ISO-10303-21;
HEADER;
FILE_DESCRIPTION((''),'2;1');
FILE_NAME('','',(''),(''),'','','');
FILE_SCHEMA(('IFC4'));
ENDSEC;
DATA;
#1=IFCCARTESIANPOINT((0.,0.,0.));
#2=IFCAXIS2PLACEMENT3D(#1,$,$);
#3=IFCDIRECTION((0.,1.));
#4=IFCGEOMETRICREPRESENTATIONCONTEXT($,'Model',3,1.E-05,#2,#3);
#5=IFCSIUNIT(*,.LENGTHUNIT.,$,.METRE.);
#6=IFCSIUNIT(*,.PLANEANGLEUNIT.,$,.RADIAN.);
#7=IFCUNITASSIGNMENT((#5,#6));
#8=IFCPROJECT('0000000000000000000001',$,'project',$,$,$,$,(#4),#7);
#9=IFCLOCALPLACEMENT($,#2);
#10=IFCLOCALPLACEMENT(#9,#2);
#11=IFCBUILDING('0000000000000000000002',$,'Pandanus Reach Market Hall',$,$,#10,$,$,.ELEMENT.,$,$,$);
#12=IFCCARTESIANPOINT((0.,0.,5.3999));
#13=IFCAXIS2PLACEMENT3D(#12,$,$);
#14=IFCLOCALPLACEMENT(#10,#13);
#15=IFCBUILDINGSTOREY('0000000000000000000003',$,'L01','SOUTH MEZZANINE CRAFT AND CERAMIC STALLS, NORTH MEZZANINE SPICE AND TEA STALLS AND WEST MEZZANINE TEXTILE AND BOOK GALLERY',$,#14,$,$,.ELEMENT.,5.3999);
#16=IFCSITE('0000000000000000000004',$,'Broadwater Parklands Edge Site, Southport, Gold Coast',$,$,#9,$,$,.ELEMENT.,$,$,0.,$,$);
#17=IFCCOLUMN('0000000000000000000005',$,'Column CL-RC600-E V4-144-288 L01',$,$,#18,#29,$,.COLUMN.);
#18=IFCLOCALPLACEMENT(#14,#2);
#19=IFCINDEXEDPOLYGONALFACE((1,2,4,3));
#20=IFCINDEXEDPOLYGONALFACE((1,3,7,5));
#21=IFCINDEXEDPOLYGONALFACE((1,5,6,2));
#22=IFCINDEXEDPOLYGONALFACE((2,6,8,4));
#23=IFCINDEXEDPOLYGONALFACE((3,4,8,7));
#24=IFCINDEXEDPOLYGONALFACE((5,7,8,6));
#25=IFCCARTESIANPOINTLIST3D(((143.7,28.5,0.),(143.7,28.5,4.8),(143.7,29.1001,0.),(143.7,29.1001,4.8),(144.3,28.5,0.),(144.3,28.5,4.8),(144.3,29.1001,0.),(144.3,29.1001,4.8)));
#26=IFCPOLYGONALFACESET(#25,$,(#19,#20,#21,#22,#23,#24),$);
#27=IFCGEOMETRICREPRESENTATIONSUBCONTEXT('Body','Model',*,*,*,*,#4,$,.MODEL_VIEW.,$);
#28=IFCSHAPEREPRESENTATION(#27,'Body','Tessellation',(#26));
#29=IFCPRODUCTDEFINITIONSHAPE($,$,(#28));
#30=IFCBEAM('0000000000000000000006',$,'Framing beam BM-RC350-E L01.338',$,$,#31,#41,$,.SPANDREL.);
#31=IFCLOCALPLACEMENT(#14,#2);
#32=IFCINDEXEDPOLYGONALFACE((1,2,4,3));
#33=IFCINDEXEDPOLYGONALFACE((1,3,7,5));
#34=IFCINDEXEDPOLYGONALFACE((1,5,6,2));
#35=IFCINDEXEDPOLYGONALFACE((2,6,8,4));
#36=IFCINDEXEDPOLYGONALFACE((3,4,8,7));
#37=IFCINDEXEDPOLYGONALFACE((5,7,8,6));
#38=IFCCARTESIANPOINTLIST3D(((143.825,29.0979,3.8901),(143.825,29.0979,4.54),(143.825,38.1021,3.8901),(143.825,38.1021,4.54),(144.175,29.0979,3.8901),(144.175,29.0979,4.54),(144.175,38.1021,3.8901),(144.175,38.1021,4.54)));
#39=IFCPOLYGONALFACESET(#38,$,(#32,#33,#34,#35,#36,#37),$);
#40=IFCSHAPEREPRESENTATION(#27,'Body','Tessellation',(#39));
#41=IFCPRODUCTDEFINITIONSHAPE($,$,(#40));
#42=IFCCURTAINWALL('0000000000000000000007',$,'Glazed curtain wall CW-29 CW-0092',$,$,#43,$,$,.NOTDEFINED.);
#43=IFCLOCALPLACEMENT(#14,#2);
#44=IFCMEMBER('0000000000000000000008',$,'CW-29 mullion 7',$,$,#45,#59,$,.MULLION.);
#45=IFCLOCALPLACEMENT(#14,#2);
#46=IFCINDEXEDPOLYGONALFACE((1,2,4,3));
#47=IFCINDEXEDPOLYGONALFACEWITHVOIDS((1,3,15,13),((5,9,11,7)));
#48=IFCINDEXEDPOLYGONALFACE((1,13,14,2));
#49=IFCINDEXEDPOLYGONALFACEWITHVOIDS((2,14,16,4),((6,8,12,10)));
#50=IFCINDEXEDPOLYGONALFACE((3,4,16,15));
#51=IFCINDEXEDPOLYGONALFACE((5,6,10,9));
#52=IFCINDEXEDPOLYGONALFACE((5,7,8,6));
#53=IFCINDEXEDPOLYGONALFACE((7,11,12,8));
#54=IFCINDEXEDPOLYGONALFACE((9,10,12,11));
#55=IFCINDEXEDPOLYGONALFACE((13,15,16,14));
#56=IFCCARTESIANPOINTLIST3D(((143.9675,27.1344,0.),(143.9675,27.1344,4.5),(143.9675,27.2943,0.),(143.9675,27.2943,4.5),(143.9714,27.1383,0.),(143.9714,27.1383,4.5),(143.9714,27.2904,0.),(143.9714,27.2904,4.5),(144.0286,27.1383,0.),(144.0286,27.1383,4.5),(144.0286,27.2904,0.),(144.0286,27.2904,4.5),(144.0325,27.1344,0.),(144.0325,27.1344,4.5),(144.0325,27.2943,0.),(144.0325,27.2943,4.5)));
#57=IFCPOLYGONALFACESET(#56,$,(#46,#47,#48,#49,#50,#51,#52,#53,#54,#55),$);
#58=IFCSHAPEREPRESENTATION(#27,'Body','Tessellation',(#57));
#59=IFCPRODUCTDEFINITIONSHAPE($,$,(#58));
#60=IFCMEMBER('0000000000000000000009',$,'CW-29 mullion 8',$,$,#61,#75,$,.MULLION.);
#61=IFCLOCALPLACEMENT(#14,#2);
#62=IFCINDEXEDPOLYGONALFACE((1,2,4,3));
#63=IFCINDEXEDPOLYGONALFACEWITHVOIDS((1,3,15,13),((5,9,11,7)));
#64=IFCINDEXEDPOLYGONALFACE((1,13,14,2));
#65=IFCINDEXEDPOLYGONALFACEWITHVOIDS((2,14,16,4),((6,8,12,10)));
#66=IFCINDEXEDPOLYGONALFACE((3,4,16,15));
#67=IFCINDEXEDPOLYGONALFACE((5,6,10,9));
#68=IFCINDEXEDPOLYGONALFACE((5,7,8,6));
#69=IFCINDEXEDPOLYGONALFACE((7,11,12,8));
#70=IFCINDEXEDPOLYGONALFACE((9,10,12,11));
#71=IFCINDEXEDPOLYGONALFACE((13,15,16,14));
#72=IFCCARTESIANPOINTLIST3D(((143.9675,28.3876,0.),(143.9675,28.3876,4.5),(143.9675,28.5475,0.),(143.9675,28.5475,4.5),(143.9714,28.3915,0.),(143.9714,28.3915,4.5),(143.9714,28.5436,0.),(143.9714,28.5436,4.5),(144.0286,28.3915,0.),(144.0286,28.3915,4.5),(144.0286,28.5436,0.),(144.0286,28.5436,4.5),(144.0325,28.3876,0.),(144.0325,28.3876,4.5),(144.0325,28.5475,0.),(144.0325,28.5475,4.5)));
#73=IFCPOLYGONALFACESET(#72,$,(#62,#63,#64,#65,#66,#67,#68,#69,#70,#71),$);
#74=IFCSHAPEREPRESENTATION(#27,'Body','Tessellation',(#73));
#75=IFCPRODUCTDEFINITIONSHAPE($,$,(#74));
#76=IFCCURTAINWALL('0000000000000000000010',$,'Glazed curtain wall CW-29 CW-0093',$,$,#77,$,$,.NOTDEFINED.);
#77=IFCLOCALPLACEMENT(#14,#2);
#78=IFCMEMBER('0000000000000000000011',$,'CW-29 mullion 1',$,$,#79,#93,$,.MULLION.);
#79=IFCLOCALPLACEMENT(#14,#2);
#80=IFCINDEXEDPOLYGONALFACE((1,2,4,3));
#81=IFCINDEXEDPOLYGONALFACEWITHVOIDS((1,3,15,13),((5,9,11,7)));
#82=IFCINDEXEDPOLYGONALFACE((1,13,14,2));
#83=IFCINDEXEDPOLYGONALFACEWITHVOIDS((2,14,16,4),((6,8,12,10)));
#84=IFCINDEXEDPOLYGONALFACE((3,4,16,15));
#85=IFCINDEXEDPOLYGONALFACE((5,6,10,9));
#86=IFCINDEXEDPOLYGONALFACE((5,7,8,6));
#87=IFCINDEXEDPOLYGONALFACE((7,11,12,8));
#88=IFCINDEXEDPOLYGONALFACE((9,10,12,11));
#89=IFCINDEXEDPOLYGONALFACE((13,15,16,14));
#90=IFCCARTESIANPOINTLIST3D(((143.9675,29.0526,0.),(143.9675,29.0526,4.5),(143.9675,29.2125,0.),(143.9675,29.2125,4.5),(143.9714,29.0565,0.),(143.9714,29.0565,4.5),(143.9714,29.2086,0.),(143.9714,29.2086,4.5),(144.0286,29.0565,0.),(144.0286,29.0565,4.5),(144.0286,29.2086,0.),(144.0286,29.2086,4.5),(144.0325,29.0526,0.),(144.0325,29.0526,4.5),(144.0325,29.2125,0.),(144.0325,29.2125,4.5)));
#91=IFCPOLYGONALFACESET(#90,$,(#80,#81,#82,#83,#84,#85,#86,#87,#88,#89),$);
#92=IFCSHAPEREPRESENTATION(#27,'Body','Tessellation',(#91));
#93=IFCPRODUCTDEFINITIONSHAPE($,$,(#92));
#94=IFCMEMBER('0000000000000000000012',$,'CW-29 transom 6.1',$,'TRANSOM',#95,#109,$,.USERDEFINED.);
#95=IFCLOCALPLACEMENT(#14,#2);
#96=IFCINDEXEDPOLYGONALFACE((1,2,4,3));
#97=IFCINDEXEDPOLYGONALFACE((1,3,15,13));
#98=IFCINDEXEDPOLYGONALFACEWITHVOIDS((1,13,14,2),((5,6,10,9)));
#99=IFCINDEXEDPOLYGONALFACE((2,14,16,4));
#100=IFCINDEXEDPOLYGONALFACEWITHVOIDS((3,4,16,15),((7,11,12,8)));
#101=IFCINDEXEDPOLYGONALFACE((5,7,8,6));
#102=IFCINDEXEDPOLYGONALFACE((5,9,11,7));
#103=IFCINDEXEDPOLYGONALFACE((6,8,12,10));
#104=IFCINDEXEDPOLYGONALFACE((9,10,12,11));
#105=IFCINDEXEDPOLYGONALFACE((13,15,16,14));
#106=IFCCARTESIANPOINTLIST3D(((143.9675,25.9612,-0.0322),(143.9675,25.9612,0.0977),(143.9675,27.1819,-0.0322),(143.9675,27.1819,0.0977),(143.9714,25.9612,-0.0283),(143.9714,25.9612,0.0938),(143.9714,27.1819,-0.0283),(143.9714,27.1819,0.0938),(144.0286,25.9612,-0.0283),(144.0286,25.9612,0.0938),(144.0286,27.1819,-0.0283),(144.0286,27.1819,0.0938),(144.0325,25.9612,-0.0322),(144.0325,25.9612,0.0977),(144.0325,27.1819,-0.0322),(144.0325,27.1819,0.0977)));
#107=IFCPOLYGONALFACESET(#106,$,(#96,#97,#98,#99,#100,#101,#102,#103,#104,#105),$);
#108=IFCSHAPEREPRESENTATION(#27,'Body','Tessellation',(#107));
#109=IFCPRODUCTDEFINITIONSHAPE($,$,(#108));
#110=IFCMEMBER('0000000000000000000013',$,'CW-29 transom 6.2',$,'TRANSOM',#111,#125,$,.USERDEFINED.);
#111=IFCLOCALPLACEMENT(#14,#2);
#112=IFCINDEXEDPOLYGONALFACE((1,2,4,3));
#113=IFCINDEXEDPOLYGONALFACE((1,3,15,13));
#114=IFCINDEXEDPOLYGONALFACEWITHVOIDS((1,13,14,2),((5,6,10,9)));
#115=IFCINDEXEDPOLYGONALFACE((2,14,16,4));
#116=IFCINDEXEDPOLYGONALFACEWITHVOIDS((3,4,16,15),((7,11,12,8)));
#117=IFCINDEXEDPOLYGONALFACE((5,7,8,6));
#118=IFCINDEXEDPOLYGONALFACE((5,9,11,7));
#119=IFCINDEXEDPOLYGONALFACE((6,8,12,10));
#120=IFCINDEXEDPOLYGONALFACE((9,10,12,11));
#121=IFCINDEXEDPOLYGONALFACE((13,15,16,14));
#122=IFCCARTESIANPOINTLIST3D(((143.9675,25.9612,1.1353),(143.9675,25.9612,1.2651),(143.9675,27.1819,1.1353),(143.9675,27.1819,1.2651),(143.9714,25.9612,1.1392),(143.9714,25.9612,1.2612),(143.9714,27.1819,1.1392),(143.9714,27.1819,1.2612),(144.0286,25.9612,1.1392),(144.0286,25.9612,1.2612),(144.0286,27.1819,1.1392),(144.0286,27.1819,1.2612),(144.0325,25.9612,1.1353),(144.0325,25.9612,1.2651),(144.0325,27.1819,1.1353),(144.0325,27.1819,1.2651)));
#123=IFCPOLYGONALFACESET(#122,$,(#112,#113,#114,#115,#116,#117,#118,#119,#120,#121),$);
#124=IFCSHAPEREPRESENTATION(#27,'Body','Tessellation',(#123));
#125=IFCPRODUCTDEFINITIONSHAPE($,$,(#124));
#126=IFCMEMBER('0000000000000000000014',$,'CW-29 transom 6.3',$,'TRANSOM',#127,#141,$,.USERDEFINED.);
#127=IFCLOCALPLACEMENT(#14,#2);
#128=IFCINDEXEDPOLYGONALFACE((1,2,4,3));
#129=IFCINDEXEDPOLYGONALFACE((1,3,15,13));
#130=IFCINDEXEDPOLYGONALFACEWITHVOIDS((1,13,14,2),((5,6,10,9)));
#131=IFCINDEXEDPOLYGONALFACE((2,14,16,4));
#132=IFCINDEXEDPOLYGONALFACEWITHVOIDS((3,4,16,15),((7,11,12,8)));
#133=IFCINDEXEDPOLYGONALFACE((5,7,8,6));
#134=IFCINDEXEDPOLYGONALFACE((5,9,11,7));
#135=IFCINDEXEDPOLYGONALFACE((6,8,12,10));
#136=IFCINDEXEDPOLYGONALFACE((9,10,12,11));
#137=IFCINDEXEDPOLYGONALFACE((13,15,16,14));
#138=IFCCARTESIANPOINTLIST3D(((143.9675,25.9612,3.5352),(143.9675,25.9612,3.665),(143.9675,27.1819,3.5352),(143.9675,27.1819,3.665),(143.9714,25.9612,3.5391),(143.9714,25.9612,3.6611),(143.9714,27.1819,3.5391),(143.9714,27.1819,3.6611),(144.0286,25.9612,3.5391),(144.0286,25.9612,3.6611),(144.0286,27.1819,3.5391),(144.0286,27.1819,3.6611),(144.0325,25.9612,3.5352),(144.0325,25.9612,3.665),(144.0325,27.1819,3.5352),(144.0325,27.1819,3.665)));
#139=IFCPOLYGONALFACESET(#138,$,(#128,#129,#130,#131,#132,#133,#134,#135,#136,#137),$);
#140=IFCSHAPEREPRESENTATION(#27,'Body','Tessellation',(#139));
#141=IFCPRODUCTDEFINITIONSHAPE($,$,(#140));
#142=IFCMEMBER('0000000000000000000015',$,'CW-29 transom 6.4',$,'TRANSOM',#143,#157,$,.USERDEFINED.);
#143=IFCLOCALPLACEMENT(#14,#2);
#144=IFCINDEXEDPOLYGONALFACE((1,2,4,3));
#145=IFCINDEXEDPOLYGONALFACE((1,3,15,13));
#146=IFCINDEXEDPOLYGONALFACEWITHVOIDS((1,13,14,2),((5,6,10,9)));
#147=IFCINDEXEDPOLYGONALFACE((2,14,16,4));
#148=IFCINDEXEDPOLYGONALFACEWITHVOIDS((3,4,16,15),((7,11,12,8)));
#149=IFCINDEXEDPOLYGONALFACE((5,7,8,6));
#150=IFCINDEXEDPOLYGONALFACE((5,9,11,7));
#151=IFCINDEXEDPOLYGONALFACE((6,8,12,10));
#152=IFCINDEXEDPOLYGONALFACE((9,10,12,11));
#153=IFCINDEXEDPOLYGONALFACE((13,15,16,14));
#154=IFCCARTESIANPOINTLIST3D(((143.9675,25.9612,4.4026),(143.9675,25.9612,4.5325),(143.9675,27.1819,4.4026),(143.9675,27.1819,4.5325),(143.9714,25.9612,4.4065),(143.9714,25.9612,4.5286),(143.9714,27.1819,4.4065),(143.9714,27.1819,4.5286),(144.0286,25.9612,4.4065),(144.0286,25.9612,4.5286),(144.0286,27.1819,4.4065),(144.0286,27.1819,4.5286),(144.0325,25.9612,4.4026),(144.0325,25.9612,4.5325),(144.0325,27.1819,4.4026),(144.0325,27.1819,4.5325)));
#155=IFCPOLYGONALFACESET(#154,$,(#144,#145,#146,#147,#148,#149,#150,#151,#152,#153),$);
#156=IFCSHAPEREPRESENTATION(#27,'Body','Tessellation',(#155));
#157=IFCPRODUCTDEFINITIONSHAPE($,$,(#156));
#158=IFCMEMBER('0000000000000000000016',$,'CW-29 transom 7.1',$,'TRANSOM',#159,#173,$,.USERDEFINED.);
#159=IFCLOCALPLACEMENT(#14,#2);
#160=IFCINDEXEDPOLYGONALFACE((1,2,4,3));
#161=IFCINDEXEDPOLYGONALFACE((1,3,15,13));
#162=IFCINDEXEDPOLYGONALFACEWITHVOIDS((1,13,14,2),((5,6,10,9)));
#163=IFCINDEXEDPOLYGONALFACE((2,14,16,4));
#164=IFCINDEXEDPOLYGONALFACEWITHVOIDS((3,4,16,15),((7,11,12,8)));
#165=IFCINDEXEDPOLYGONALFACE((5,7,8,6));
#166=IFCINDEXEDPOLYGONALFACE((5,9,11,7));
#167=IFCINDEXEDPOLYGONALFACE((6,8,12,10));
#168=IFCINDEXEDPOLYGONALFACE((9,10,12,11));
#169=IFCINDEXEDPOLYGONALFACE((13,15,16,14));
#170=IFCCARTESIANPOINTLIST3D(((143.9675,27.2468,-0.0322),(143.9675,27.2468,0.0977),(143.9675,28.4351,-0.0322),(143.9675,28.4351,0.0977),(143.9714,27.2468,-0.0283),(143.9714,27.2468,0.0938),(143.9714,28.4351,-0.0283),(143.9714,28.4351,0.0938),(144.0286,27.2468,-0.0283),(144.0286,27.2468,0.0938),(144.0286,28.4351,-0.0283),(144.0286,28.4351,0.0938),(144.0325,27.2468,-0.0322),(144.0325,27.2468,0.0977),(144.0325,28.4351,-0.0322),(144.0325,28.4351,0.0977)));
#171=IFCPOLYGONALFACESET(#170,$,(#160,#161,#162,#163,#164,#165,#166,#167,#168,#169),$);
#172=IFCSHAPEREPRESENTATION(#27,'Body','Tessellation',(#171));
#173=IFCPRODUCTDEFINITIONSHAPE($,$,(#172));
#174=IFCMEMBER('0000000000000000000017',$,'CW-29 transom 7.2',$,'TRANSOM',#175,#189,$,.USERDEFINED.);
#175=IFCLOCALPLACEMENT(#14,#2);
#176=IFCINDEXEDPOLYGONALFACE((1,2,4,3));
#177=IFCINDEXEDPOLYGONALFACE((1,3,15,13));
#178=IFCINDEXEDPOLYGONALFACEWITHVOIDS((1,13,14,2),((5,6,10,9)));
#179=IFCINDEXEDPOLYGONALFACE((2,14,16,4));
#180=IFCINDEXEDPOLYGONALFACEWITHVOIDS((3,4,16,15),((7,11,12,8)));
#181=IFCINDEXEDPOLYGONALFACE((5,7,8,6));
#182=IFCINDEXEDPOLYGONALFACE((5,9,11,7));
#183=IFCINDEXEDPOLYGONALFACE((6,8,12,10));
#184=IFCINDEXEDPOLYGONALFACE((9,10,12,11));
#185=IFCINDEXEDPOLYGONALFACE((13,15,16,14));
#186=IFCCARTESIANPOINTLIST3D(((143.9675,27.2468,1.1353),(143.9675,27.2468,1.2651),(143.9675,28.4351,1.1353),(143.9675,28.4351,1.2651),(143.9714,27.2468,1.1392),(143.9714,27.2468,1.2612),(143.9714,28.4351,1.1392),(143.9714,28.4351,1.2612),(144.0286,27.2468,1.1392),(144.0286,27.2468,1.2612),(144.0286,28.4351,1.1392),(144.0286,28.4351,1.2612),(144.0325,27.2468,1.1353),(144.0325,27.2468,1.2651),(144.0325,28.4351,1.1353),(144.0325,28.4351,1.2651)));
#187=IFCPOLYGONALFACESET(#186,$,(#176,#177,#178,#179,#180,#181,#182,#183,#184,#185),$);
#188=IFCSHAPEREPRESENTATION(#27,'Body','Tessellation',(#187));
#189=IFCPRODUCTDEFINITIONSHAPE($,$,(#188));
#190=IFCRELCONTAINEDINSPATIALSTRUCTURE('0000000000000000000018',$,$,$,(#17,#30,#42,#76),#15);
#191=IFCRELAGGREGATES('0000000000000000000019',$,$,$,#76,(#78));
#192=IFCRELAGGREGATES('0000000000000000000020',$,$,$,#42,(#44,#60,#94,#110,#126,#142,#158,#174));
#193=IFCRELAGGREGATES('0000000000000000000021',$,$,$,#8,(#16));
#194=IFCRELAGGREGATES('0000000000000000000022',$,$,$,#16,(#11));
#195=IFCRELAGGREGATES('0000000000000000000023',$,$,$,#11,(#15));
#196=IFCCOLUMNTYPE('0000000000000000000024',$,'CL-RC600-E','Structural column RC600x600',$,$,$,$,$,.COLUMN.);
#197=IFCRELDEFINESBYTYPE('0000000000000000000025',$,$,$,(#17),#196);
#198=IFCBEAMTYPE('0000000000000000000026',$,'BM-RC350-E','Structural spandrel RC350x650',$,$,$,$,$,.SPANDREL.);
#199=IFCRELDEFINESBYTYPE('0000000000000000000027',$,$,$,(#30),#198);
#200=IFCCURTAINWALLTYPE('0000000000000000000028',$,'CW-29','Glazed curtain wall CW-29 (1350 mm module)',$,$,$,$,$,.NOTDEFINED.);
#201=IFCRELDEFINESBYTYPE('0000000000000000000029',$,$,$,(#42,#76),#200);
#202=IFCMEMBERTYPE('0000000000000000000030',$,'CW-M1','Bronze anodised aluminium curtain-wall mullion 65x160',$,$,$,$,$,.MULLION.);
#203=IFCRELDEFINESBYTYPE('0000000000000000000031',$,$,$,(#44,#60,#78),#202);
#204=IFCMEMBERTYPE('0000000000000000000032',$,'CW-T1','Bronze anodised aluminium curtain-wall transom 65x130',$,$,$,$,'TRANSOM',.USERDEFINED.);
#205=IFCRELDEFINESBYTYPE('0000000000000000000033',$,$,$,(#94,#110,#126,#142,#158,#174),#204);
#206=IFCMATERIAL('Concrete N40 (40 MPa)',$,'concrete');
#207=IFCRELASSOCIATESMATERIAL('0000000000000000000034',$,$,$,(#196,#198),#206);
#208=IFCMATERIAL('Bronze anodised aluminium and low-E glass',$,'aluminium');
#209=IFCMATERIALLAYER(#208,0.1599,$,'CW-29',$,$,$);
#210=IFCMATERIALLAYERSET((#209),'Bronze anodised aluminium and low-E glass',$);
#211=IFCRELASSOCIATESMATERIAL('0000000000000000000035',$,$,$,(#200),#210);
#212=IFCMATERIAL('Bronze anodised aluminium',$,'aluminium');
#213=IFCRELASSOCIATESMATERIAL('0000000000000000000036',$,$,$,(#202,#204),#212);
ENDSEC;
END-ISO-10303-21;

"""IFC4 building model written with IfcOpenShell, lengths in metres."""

from ifc_helpers import new_model, si_unit, direction, frame, origin, origin_2d, place, context, subcontext, project, spatial, rectangle, hollow_rectangle, extrude, material, layer, layer_set, material_profile, profile_set, type_object, element, aggregate, save


model = new_model("IFC4")

# Units and contexts
model_context = context("Model", 3, precision=1e-05, world=origin(), true_north=direction((0.0, 1.0)))
body_context = subcontext(model_context, "Body", "Model", "MODEL_VIEW")
ifc_project = project(units=[si_unit("LENGTHUNIT", "METRE"), si_unit("PLANEANGLEUNIT", "RADIAN")], contexts=[model_context])

# Site, building, storey
site_placement = place(None, origin())
site = spatial("IfcSite", under=ifc_project, at=site_placement, Name="Broadwater Parklands Edge Site, Southport, Gold Coast", CompositionType="ELEMENT", RefElevation=0.0)
building_placement = place(site_placement, origin())
building = spatial("IfcBuilding", under=site, at=building_placement, Name="Pandanus Reach Market Hall", CompositionType="ELEMENT")
storey_placement = place(building_placement, frame((0.0, 0.0, 5.3999)))
storey = spatial("IfcBuildingStorey", under=building, at=storey_placement, Name="L01", Description="SOUTH MEZZANINE CRAFT AND CERAMIC STALLS, NORTH MEZZANINE SPICE AND TEA STALLS AND WEST MEZZANINE TEXTILE AND BOOK GALLERY", CompositionType="ELEMENT", Elevation=5.3999)

# Column
ifc_material_1 = material(Name="Concrete N40 (40 MPa)", Category="concrete")
ifc_material_profile_1 = material_profile(ifc_material_1, rectangle(XDim=0.6001, YDim=0.6001, at=origin_2d()), Name="RC600x600", Category="LoadBearing")
ifc_profile_set_1 = profile_set([ifc_material_profile_1], Name="Concrete N40 (40 MPa)")
column_type = type_object("IfcColumnType", Name="CL-RC600-E", Description="Structural column RC600x600", PredefinedType="COLUMN", material=ifc_profile_set_1)
column_placement = place(storey_placement, frame((144.0, 28.8, 0.0), z_axis=(0.0, 0.0, 1.0), x_axis=(1.0, 0.0, 0.0)))
element("IfcColumn", 1, at=column_placement, inside=storey, type_object=column_type, Name="Column CL-RC600-E V4-144-288 L01", PredefinedType="COLUMN", context=body_context, shape_type="SweptSolid", body=[
    extrude(rectangle(XDim=0.6001, YDim=0.6001, at=origin_2d()), origin(), (0.0, 0.0, 1.0), 4.8),
])

# Beam
ifc_material_profile_2 = material_profile(ifc_material_1, rectangle(XDim=0.3501, YDim=0.6499, at=origin_2d()), Name="RC350x650", Category="LoadBearing")
ifc_profile_set_2 = profile_set([ifc_material_profile_2], Name="Concrete N40 (40 MPa)")
beam_type = type_object("IfcBeamType", Name="BM-RC350-E", Description="Structural spandrel RC350x650", PredefinedType="SPANDREL", material=ifc_profile_set_2)
beam_placement = place(storey_placement, frame((144.0, 29.0979, 4.2151), z_axis=(0.0, 1.0, 0.0), x_axis=(-1.0, 0.0, 0.0)))
element("IfcBeam", 2, at=beam_placement, inside=storey, type_object=beam_type, Name="Framing beam BM-RC350-E L01.338", PredefinedType="SPANDREL", context=body_context, shape_type="SweptSolid", body=[
    extrude(rectangle(XDim=0.3501, YDim=0.6499, at=origin_2d()), origin(), (0.0, 0.0, 1.0), 9.0042),
])

# Curtain wall, members
ifc_material_2 = material(Name="Bronze anodised aluminium and low-E glass", Category="aluminium")
ifc_layer_1 = layer(ifc_material_2, 0.1599, Name="CW-29")
ifc_layer_set_1 = layer_set([ifc_layer_1], Name="Bronze anodised aluminium and low-E glass")
curtain_wall_type = type_object("IfcCurtainWallType", Name="CW-29", Description="Glazed curtain wall CW-29 (1350 mm module)", PredefinedType="NOTDEFINED", material=ifc_layer_set_1)
curtain_wall_1_placement = place(storey_placement, origin())
curtain_wall_1 = element("IfcCurtainWall", 3, at=curtain_wall_1_placement, inside=storey, type_object=curtain_wall_type, Name="Glazed curtain wall CW-29 CW-0092", PredefinedType="NOTDEFINED")
ifc_material_3 = material(Name="Bronze anodised aluminium", Category="aluminium")
ifc_material_profile_3 = material_profile(ifc_material_3, hollow_rectangle(XDim=0.0649, YDim=0.1599, WallThickness=0.0039, at=origin_2d()), Name="ALU65x160", Category="LoadBearing")
ifc_profile_set_3 = profile_set([ifc_material_profile_3], Name="Bronze anodised aluminium")
member_type_1 = type_object("IfcMemberType", Name="CW-M1", Description="Bronze anodised aluminium curtain-wall mullion 65x160", PredefinedType="MULLION", material=ifc_profile_set_3)
member_1_placement = place(storey_placement, frame((144.0, 27.2144, 0.0), z_axis=(0.0, 0.0, 1.0), x_axis=(-1.0, 0.0, 0.0)))
member_1 = element("IfcMember", 4, at=member_1_placement, type_object=member_type_1, Name="CW-29 mullion 7", PredefinedType="MULLION", context=body_context, shape_type="SweptSolid", body=[
    extrude(hollow_rectangle(XDim=0.0649, YDim=0.1599, WallThickness=0.0039, at=origin_2d()), origin(), (0.0, 0.0, 1.0), 4.5),
])
member_2_placement = place(storey_placement, frame((144.0, 28.4675, 0.0), z_axis=(0.0, 0.0, 1.0), x_axis=(-1.0, 0.0, 0.0)))
member_2 = element("IfcMember", 5, at=member_2_placement, type_object=member_type_1, Name="CW-29 mullion 8", PredefinedType="MULLION", context=body_context, shape_type="SweptSolid", body=[
    extrude(hollow_rectangle(XDim=0.0649, YDim=0.1599, WallThickness=0.0039, at=origin_2d()), origin(), (0.0, 0.0, 1.0), 4.5),
])

# Curtain wall, member
curtain_wall_2_placement = place(storey_placement, origin())
curtain_wall_2 = element("IfcCurtainWall", 6, at=curtain_wall_2_placement, inside=storey, type_object=curtain_wall_type, Name="Glazed curtain wall CW-29 CW-0093", PredefinedType="NOTDEFINED")
member_3_placement = place(storey_placement, frame((144.0, 29.1326, 0.0), z_axis=(0.0, 0.0, 1.0), x_axis=(-1.0, 0.0, 0.0)))
member_3 = element("IfcMember", 7, at=member_3_placement, type_object=member_type_1, Name="CW-29 mullion 1", PredefinedType="MULLION", context=body_context, shape_type="SweptSolid", body=[
    extrude(hollow_rectangle(XDim=0.0649, YDim=0.1599, WallThickness=0.0039, at=origin_2d()), origin(), (0.0, 0.0, 1.0), 4.5),
])

# Members
ifc_material_profile_4 = material_profile(ifc_material_3, hollow_rectangle(XDim=0.0649, YDim=0.1299, WallThickness=0.0039, at=origin_2d()), Name="ALU65x130", Category="LoadBearing")
ifc_profile_set_4 = profile_set([ifc_material_profile_4], Name="Bronze anodised aluminium")
member_type_2 = type_object("IfcMemberType", Name="CW-T1", Description="Bronze anodised aluminium curtain-wall transom 65x130", ElementType="TRANSOM", PredefinedType="USERDEFINED", material=ifc_profile_set_4)
member_4_placement = place(storey_placement, frame((144.0, 25.9612, 0.0327), z_axis=(0.0, 1.0, 0.0), x_axis=(-1.0, 0.0, 0.0)))
member_4 = element("IfcMember", 8, at=member_4_placement, type_object=member_type_2, Name="CW-29 transom 6.1", ObjectType="TRANSOM", PredefinedType="USERDEFINED", context=body_context, shape_type="SweptSolid", body=[
    extrude(hollow_rectangle(XDim=0.0649, YDim=0.1299, WallThickness=0.0039, at=origin_2d()), origin(), (0.0, 0.0, 1.0), 1.2207),
])
member_5_placement = place(storey_placement, frame((144.0, 25.9612, 1.2002), z_axis=(0.0, 1.0, 0.0), x_axis=(-1.0, 0.0, 0.0)))
member_5 = element("IfcMember", 9, at=member_5_placement, type_object=member_type_2, Name="CW-29 transom 6.2", ObjectType="TRANSOM", PredefinedType="USERDEFINED", context=body_context, shape_type="SweptSolid", body=[
    extrude(hollow_rectangle(XDim=0.0649, YDim=0.1299, WallThickness=0.0039, at=origin_2d()), origin(), (0.0, 0.0, 1.0), 1.2207),
])
member_6_placement = place(storey_placement, frame((144.0, 25.9612, 3.6001), z_axis=(0.0, 1.0, 0.0), x_axis=(-1.0, 0.0, 0.0)))
member_6 = element("IfcMember", 10, at=member_6_placement, type_object=member_type_2, Name="CW-29 transom 6.3", ObjectType="TRANSOM", PredefinedType="USERDEFINED", context=body_context, shape_type="SweptSolid", body=[
    extrude(hollow_rectangle(XDim=0.0649, YDim=0.1299, WallThickness=0.0039, at=origin_2d()), origin(), (0.0, 0.0, 1.0), 1.2207),
])
member_7_placement = place(storey_placement, frame((144.0, 25.9612, 4.4675), z_axis=(0.0, 1.0, 0.0), x_axis=(-1.0, 0.0, 0.0)))
member_7 = element("IfcMember", 11, at=member_7_placement, type_object=member_type_2, Name="CW-29 transom 6.4", ObjectType="TRANSOM", PredefinedType="USERDEFINED", context=body_context, shape_type="SweptSolid", body=[
    extrude(hollow_rectangle(XDim=0.0649, YDim=0.1299, WallThickness=0.0039, at=origin_2d()), origin(), (0.0, 0.0, 1.0), 1.2207),
])
member_8_placement = place(storey_placement, frame((144.0, 27.2468, 0.0327), z_axis=(0.0, 1.0, 0.0), x_axis=(-1.0, 0.0, 0.0)))
member_8 = element("IfcMember", 12, at=member_8_placement, type_object=member_type_2, Name="CW-29 transom 7.1", ObjectType="TRANSOM", PredefinedType="USERDEFINED", context=body_context, shape_type="SweptSolid", body=[
    extrude(hollow_rectangle(XDim=0.0649, YDim=0.1299, WallThickness=0.0039, at=origin_2d()), origin(), (0.0, 0.0, 1.0), 1.1882),
])
member_9_placement = place(storey_placement, frame((144.0, 27.2468, 1.2002), z_axis=(0.0, 1.0, 0.0), x_axis=(-1.0, 0.0, 0.0)))
member_9 = element("IfcMember", 13, at=member_9_placement, type_object=member_type_2, Name="CW-29 transom 7.2", ObjectType="TRANSOM", PredefinedType="USERDEFINED", context=body_context, shape_type="SweptSolid", body=[
    extrude(hollow_rectangle(XDim=0.0649, YDim=0.1299, WallThickness=0.0039, at=origin_2d()), origin(), (0.0, 0.0, 1.0), 1.1882),
])
aggregate(curtain_wall_2, [member_3])

aggregate(curtain_wall_1, [member_1, member_2, member_4, member_5, member_6, member_7, member_8, member_9])

save(model, "model.ifc")
